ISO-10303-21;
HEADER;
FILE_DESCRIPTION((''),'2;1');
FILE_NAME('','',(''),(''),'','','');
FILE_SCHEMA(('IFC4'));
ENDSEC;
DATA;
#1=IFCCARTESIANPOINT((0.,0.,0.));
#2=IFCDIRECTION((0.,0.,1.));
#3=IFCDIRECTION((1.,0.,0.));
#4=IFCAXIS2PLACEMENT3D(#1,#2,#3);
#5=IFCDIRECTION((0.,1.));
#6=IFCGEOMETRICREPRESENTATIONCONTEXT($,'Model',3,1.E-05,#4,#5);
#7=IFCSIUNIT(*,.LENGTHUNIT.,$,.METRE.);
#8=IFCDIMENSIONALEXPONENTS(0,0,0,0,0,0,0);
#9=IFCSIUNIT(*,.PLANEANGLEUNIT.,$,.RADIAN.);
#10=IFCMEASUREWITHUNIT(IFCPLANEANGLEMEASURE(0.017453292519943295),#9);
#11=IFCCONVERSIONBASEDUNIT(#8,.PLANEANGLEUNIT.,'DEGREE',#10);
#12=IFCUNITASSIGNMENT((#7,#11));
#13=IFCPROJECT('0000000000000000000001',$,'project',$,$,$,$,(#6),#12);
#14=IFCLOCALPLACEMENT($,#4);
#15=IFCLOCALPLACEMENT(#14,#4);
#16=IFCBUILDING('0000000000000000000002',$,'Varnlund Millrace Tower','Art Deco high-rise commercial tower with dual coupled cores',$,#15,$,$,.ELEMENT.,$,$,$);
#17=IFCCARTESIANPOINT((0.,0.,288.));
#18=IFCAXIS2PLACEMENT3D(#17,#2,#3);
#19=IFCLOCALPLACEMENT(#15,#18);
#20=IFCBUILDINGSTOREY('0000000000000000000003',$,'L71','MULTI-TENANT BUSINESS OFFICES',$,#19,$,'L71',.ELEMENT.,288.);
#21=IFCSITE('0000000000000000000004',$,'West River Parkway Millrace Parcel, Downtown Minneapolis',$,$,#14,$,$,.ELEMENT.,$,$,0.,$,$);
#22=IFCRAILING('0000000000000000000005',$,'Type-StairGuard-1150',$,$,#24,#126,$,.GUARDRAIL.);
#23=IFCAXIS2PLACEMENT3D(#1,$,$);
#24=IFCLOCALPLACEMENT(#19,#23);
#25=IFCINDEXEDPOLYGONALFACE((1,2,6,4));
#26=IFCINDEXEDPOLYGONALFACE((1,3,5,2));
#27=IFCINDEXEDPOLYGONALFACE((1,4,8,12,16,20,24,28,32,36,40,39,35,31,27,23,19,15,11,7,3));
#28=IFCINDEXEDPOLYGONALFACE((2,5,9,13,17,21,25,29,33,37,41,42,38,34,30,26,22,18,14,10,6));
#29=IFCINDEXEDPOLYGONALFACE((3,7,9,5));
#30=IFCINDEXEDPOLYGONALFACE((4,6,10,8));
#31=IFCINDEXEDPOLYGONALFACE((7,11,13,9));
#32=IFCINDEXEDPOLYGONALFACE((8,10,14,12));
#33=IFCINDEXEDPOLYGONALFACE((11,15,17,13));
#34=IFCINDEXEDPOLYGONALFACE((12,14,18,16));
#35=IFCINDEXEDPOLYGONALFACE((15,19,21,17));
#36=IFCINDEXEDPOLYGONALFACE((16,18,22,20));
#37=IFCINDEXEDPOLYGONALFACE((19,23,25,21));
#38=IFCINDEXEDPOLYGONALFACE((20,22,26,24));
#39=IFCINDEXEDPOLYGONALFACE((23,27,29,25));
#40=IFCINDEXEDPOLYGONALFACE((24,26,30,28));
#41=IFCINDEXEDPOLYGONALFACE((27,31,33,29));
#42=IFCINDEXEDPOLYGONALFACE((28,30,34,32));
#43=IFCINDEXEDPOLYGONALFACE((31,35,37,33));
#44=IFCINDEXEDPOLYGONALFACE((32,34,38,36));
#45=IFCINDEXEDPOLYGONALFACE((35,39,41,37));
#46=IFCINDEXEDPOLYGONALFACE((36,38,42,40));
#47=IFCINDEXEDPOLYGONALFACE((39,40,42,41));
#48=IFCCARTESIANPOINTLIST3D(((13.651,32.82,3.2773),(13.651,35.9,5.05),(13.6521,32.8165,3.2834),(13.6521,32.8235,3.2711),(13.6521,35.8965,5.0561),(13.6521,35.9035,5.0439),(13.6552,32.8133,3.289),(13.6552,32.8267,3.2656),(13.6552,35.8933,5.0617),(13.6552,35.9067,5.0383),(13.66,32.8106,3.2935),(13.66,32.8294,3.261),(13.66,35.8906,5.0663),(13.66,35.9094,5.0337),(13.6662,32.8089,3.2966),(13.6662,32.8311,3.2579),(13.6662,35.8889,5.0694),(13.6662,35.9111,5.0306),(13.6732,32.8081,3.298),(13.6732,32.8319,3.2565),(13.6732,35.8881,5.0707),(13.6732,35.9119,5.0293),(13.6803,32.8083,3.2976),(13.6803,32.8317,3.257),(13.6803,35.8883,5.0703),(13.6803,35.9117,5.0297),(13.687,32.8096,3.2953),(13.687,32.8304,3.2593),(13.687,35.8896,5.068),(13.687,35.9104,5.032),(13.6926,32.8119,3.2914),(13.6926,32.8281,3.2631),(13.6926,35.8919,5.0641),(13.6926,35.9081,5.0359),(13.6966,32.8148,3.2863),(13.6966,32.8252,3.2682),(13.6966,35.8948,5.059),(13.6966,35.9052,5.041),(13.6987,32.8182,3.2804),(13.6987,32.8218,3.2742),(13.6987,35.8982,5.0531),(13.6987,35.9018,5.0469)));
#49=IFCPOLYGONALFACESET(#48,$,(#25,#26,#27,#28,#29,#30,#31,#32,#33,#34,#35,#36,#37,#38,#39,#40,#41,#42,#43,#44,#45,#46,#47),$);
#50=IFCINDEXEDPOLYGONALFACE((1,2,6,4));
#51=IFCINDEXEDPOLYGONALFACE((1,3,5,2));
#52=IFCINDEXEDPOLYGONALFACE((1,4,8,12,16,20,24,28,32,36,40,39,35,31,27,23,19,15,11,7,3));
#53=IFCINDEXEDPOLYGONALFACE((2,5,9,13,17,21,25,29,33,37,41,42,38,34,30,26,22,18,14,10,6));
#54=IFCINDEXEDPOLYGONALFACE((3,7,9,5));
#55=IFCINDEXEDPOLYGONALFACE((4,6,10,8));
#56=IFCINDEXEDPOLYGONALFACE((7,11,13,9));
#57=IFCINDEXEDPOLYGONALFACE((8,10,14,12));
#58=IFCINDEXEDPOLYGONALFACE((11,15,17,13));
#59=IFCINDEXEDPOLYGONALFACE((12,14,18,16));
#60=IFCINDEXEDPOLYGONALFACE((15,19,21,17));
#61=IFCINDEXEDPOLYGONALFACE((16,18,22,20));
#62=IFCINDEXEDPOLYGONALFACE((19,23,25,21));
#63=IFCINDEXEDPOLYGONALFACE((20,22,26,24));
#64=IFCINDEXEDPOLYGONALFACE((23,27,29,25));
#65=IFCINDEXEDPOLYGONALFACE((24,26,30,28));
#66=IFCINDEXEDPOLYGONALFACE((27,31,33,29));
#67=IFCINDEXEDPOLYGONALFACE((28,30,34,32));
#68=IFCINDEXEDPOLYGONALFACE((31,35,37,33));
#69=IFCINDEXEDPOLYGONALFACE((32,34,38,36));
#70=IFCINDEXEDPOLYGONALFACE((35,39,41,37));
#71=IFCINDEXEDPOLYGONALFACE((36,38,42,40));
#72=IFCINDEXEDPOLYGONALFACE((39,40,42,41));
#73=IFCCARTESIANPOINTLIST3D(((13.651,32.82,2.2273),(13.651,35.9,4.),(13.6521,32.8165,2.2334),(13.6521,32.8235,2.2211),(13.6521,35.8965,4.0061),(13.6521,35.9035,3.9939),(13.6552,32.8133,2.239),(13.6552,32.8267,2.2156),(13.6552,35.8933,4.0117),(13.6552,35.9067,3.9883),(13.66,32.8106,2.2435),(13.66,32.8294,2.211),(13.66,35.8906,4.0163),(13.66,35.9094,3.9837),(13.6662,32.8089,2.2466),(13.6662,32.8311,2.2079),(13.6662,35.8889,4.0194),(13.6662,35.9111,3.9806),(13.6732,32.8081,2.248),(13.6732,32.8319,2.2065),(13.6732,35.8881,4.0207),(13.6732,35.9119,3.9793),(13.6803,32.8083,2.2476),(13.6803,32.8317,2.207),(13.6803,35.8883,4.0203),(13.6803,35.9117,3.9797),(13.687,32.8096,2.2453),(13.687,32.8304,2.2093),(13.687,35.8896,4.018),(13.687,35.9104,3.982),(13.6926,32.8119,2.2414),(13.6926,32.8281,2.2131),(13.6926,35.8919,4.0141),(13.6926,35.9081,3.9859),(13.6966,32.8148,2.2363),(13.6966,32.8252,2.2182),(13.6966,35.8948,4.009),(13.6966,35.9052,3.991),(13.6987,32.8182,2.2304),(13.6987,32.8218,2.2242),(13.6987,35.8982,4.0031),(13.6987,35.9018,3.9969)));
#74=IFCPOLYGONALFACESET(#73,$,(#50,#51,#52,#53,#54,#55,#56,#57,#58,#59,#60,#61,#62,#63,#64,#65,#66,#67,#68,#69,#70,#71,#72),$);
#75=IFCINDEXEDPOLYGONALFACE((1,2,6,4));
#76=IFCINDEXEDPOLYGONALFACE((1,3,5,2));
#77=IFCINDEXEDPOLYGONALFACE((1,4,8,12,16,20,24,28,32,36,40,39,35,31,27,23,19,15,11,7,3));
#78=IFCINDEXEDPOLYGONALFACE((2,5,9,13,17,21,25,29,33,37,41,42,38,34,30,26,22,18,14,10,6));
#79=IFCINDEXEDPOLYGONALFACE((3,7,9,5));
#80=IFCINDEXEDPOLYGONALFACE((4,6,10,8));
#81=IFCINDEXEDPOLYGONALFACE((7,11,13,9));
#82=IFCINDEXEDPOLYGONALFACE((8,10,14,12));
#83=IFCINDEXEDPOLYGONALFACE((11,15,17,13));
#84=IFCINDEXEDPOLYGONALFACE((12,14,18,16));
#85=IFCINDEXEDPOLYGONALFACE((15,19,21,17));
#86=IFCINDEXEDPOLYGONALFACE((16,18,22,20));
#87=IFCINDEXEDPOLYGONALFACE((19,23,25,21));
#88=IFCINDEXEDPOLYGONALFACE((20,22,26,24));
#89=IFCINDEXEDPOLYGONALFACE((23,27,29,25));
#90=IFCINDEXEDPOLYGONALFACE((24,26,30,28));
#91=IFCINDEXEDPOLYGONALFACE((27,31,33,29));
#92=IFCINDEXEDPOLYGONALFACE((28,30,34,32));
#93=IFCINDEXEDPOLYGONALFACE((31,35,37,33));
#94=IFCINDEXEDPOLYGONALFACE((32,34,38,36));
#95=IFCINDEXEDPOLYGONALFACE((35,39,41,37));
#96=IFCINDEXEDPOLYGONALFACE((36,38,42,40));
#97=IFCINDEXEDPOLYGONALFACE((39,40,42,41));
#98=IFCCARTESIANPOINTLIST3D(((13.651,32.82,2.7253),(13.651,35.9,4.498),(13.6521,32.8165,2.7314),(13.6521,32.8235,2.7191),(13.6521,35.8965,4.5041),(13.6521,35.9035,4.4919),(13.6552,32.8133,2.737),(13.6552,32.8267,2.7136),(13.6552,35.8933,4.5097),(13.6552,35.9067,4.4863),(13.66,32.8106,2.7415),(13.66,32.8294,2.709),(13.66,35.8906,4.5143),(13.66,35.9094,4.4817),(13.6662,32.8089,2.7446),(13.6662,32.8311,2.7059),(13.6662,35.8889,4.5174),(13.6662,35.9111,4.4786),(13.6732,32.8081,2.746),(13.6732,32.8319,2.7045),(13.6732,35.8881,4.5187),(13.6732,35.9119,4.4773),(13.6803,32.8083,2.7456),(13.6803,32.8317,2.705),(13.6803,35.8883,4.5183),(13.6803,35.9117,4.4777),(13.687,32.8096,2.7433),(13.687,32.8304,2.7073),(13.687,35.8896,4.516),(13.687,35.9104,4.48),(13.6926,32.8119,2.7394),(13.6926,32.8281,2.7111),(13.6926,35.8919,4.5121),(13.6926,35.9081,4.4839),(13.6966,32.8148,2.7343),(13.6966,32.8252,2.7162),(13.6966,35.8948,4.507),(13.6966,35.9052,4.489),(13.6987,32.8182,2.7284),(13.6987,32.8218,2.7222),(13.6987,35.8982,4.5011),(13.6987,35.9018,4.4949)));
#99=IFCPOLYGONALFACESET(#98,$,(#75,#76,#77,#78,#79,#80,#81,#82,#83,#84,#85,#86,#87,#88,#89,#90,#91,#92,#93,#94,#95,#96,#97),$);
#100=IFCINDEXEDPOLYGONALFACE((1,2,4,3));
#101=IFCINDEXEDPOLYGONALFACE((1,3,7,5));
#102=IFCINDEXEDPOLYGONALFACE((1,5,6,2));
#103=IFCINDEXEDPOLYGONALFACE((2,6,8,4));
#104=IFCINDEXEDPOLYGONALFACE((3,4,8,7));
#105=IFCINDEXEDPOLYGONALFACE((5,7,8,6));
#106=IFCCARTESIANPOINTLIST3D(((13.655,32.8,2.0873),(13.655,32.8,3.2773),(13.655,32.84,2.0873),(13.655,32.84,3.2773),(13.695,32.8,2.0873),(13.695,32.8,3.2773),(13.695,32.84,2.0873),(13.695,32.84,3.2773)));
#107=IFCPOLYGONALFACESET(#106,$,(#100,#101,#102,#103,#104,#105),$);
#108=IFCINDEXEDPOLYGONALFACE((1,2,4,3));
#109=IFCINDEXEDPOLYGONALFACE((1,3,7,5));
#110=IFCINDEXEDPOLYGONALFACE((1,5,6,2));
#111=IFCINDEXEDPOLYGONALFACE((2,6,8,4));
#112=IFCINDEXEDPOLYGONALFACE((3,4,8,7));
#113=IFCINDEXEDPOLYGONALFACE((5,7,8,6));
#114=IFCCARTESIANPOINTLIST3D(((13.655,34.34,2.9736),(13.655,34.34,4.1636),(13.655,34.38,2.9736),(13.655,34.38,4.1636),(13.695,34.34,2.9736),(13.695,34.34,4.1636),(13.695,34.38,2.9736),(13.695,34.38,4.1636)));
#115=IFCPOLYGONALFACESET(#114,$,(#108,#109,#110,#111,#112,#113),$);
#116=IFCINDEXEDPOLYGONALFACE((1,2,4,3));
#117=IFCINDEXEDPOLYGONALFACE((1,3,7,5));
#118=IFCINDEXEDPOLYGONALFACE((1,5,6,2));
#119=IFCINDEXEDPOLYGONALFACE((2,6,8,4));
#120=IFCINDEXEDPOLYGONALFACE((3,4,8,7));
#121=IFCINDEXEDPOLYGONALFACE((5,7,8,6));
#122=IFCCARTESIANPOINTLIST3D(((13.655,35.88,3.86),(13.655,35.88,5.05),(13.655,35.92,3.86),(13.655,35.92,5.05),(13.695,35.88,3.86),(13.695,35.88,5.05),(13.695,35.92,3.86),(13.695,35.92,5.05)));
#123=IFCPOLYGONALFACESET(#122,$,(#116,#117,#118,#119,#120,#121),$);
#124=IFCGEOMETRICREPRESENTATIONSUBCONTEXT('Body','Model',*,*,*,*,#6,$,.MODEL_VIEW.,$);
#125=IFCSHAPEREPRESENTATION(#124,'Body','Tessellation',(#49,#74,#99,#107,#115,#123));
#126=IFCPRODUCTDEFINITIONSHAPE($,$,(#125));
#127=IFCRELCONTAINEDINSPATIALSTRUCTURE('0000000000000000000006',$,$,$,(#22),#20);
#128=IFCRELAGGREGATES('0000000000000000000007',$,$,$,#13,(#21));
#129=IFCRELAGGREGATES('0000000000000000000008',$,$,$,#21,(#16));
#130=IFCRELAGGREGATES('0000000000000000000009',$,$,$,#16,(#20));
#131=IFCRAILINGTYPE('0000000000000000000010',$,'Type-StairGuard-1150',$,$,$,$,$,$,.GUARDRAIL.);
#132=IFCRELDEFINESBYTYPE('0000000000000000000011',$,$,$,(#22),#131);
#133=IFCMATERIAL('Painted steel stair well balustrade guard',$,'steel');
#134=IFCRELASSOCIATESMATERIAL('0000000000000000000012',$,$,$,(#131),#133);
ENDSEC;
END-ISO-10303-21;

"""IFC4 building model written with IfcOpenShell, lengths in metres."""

from ifc_helpers import new_model, entity, si_unit, converted_unit, direction, frame, origin_with_axes, origin_2d_with_axis, place, context, subcontext, project, spatial, rectangle, circle, extrude, material, type_object, element, save


model = new_model("IFC4")

# Units and contexts
model_context = context("Model", 3, precision=1e-05, world=origin_with_axes(), true_north=direction((0.0, 1.0)))
body_context = subcontext(model_context, "Body", "Model", "MODEL_VIEW")
ifc_project = project(units=[si_unit("LENGTHUNIT", "METRE"), converted_unit("PLANEANGLEUNIT", "DEGREE", entity("IfcPlaneAngleMeasure", 0.017453292519943295), si_unit("PLANEANGLEUNIT", "RADIAN"), dimensions=[0, 0, 0, 0, 0, 0, 0])], contexts=[model_context])

# Site, building, storey
site_placement = place(None, origin_with_axes())
site = spatial("IfcSite", under=ifc_project, at=site_placement, Name="West River Parkway Millrace Parcel, Downtown Minneapolis", CompositionType="ELEMENT", RefElevation=0.0)
building_placement = place(site_placement, origin_with_axes())
building = spatial("IfcBuilding", under=site, at=building_placement, Name="Varnlund Millrace Tower", Description="Art Deco high-rise commercial tower with dual coupled cores", CompositionType="ELEMENT")
storey_placement = place(building_placement, frame((0.0, 0.0, 288.0), z_axis=(0.0, 0.0, 1.0), x_axis=(1.0, 0.0, 0.0)))
storey = spatial("IfcBuildingStorey", under=building, at=storey_placement, Name="L71", Description="MULTI-TENANT BUSINESS OFFICES", LongName="L71", CompositionType="ELEMENT", Elevation=288.0)

# Railing
ifc_material_1 = material(Name="Painted steel stair well balustrade guard", Category="steel")
railing_type_1 = type_object("IfcRailingType", Name="Type-StairGuard-1150", PredefinedType="GUARDRAIL", material=ifc_material_1)
railing_1_placement = place(storey_placement, frame((0.0, 0.0, -288.0), z_axis=(0.0, 0.0, 1.0), x_axis=(1.0, 0.0, 0.0)))
element("IfcRailing", 1, at=railing_1_placement, inside=storey, type_object=railing_type_1, Name="Type-StairGuard-1150", PredefinedType="GUARDRAIL", context=body_context, shape_type="SweptSolid", body=[
    extrude(circle(Radius=0.024, at=origin_2d_with_axis()), frame((13.675, 32.82, 291.2773), z_axis=(0.0, 0.866696, 0.498836), x_axis=(-1.0, 0.0, 0.0)), (0.0, 0.0, 1.0), 3.5537),
    extrude(circle(Radius=0.024, at=origin_2d_with_axis()), frame((13.675, 32.82, 290.2273), z_axis=(0.0, 0.866696, 0.498836), x_axis=(-1.0, 0.0, 0.0)), (0.0, 0.0, 1.0), 3.5537),
    extrude(circle(Radius=0.024, at=origin_2d_with_axis()), frame((13.675, 32.82, 290.7253), z_axis=(0.0, 0.866696, 0.498836), x_axis=(-1.0, 0.0, 0.0)), (0.0, 0.0, 1.0), 3.5537),
    extrude(rectangle(XDim=0.04, YDim=0.04, at=origin_2d_with_axis()), frame((13.675, 32.82, 290.0873), z_axis=(0.0, 0.0, 1.0), x_axis=(1.0, 0.0, 0.0)), (0.0, 0.0, 1.0), 1.19),
    extrude(rectangle(XDim=0.04, YDim=0.04, at=origin_2d_with_axis()), frame((13.675, 34.36, 290.9736), z_axis=(0.0, 0.0, 1.0), x_axis=(1.0, 0.0, 0.0)), (0.0, 0.0, 1.0), 1.19),
    extrude(rectangle(XDim=0.04, YDim=0.04, at=origin_2d_with_axis()), frame((13.675, 35.9, 291.86), z_axis=(0.0, 0.0, 1.0), x_axis=(1.0, 0.0, 0.0)), (0.0, 0.0, 1.0), 1.19),
])

save(model, "model.ifc")
